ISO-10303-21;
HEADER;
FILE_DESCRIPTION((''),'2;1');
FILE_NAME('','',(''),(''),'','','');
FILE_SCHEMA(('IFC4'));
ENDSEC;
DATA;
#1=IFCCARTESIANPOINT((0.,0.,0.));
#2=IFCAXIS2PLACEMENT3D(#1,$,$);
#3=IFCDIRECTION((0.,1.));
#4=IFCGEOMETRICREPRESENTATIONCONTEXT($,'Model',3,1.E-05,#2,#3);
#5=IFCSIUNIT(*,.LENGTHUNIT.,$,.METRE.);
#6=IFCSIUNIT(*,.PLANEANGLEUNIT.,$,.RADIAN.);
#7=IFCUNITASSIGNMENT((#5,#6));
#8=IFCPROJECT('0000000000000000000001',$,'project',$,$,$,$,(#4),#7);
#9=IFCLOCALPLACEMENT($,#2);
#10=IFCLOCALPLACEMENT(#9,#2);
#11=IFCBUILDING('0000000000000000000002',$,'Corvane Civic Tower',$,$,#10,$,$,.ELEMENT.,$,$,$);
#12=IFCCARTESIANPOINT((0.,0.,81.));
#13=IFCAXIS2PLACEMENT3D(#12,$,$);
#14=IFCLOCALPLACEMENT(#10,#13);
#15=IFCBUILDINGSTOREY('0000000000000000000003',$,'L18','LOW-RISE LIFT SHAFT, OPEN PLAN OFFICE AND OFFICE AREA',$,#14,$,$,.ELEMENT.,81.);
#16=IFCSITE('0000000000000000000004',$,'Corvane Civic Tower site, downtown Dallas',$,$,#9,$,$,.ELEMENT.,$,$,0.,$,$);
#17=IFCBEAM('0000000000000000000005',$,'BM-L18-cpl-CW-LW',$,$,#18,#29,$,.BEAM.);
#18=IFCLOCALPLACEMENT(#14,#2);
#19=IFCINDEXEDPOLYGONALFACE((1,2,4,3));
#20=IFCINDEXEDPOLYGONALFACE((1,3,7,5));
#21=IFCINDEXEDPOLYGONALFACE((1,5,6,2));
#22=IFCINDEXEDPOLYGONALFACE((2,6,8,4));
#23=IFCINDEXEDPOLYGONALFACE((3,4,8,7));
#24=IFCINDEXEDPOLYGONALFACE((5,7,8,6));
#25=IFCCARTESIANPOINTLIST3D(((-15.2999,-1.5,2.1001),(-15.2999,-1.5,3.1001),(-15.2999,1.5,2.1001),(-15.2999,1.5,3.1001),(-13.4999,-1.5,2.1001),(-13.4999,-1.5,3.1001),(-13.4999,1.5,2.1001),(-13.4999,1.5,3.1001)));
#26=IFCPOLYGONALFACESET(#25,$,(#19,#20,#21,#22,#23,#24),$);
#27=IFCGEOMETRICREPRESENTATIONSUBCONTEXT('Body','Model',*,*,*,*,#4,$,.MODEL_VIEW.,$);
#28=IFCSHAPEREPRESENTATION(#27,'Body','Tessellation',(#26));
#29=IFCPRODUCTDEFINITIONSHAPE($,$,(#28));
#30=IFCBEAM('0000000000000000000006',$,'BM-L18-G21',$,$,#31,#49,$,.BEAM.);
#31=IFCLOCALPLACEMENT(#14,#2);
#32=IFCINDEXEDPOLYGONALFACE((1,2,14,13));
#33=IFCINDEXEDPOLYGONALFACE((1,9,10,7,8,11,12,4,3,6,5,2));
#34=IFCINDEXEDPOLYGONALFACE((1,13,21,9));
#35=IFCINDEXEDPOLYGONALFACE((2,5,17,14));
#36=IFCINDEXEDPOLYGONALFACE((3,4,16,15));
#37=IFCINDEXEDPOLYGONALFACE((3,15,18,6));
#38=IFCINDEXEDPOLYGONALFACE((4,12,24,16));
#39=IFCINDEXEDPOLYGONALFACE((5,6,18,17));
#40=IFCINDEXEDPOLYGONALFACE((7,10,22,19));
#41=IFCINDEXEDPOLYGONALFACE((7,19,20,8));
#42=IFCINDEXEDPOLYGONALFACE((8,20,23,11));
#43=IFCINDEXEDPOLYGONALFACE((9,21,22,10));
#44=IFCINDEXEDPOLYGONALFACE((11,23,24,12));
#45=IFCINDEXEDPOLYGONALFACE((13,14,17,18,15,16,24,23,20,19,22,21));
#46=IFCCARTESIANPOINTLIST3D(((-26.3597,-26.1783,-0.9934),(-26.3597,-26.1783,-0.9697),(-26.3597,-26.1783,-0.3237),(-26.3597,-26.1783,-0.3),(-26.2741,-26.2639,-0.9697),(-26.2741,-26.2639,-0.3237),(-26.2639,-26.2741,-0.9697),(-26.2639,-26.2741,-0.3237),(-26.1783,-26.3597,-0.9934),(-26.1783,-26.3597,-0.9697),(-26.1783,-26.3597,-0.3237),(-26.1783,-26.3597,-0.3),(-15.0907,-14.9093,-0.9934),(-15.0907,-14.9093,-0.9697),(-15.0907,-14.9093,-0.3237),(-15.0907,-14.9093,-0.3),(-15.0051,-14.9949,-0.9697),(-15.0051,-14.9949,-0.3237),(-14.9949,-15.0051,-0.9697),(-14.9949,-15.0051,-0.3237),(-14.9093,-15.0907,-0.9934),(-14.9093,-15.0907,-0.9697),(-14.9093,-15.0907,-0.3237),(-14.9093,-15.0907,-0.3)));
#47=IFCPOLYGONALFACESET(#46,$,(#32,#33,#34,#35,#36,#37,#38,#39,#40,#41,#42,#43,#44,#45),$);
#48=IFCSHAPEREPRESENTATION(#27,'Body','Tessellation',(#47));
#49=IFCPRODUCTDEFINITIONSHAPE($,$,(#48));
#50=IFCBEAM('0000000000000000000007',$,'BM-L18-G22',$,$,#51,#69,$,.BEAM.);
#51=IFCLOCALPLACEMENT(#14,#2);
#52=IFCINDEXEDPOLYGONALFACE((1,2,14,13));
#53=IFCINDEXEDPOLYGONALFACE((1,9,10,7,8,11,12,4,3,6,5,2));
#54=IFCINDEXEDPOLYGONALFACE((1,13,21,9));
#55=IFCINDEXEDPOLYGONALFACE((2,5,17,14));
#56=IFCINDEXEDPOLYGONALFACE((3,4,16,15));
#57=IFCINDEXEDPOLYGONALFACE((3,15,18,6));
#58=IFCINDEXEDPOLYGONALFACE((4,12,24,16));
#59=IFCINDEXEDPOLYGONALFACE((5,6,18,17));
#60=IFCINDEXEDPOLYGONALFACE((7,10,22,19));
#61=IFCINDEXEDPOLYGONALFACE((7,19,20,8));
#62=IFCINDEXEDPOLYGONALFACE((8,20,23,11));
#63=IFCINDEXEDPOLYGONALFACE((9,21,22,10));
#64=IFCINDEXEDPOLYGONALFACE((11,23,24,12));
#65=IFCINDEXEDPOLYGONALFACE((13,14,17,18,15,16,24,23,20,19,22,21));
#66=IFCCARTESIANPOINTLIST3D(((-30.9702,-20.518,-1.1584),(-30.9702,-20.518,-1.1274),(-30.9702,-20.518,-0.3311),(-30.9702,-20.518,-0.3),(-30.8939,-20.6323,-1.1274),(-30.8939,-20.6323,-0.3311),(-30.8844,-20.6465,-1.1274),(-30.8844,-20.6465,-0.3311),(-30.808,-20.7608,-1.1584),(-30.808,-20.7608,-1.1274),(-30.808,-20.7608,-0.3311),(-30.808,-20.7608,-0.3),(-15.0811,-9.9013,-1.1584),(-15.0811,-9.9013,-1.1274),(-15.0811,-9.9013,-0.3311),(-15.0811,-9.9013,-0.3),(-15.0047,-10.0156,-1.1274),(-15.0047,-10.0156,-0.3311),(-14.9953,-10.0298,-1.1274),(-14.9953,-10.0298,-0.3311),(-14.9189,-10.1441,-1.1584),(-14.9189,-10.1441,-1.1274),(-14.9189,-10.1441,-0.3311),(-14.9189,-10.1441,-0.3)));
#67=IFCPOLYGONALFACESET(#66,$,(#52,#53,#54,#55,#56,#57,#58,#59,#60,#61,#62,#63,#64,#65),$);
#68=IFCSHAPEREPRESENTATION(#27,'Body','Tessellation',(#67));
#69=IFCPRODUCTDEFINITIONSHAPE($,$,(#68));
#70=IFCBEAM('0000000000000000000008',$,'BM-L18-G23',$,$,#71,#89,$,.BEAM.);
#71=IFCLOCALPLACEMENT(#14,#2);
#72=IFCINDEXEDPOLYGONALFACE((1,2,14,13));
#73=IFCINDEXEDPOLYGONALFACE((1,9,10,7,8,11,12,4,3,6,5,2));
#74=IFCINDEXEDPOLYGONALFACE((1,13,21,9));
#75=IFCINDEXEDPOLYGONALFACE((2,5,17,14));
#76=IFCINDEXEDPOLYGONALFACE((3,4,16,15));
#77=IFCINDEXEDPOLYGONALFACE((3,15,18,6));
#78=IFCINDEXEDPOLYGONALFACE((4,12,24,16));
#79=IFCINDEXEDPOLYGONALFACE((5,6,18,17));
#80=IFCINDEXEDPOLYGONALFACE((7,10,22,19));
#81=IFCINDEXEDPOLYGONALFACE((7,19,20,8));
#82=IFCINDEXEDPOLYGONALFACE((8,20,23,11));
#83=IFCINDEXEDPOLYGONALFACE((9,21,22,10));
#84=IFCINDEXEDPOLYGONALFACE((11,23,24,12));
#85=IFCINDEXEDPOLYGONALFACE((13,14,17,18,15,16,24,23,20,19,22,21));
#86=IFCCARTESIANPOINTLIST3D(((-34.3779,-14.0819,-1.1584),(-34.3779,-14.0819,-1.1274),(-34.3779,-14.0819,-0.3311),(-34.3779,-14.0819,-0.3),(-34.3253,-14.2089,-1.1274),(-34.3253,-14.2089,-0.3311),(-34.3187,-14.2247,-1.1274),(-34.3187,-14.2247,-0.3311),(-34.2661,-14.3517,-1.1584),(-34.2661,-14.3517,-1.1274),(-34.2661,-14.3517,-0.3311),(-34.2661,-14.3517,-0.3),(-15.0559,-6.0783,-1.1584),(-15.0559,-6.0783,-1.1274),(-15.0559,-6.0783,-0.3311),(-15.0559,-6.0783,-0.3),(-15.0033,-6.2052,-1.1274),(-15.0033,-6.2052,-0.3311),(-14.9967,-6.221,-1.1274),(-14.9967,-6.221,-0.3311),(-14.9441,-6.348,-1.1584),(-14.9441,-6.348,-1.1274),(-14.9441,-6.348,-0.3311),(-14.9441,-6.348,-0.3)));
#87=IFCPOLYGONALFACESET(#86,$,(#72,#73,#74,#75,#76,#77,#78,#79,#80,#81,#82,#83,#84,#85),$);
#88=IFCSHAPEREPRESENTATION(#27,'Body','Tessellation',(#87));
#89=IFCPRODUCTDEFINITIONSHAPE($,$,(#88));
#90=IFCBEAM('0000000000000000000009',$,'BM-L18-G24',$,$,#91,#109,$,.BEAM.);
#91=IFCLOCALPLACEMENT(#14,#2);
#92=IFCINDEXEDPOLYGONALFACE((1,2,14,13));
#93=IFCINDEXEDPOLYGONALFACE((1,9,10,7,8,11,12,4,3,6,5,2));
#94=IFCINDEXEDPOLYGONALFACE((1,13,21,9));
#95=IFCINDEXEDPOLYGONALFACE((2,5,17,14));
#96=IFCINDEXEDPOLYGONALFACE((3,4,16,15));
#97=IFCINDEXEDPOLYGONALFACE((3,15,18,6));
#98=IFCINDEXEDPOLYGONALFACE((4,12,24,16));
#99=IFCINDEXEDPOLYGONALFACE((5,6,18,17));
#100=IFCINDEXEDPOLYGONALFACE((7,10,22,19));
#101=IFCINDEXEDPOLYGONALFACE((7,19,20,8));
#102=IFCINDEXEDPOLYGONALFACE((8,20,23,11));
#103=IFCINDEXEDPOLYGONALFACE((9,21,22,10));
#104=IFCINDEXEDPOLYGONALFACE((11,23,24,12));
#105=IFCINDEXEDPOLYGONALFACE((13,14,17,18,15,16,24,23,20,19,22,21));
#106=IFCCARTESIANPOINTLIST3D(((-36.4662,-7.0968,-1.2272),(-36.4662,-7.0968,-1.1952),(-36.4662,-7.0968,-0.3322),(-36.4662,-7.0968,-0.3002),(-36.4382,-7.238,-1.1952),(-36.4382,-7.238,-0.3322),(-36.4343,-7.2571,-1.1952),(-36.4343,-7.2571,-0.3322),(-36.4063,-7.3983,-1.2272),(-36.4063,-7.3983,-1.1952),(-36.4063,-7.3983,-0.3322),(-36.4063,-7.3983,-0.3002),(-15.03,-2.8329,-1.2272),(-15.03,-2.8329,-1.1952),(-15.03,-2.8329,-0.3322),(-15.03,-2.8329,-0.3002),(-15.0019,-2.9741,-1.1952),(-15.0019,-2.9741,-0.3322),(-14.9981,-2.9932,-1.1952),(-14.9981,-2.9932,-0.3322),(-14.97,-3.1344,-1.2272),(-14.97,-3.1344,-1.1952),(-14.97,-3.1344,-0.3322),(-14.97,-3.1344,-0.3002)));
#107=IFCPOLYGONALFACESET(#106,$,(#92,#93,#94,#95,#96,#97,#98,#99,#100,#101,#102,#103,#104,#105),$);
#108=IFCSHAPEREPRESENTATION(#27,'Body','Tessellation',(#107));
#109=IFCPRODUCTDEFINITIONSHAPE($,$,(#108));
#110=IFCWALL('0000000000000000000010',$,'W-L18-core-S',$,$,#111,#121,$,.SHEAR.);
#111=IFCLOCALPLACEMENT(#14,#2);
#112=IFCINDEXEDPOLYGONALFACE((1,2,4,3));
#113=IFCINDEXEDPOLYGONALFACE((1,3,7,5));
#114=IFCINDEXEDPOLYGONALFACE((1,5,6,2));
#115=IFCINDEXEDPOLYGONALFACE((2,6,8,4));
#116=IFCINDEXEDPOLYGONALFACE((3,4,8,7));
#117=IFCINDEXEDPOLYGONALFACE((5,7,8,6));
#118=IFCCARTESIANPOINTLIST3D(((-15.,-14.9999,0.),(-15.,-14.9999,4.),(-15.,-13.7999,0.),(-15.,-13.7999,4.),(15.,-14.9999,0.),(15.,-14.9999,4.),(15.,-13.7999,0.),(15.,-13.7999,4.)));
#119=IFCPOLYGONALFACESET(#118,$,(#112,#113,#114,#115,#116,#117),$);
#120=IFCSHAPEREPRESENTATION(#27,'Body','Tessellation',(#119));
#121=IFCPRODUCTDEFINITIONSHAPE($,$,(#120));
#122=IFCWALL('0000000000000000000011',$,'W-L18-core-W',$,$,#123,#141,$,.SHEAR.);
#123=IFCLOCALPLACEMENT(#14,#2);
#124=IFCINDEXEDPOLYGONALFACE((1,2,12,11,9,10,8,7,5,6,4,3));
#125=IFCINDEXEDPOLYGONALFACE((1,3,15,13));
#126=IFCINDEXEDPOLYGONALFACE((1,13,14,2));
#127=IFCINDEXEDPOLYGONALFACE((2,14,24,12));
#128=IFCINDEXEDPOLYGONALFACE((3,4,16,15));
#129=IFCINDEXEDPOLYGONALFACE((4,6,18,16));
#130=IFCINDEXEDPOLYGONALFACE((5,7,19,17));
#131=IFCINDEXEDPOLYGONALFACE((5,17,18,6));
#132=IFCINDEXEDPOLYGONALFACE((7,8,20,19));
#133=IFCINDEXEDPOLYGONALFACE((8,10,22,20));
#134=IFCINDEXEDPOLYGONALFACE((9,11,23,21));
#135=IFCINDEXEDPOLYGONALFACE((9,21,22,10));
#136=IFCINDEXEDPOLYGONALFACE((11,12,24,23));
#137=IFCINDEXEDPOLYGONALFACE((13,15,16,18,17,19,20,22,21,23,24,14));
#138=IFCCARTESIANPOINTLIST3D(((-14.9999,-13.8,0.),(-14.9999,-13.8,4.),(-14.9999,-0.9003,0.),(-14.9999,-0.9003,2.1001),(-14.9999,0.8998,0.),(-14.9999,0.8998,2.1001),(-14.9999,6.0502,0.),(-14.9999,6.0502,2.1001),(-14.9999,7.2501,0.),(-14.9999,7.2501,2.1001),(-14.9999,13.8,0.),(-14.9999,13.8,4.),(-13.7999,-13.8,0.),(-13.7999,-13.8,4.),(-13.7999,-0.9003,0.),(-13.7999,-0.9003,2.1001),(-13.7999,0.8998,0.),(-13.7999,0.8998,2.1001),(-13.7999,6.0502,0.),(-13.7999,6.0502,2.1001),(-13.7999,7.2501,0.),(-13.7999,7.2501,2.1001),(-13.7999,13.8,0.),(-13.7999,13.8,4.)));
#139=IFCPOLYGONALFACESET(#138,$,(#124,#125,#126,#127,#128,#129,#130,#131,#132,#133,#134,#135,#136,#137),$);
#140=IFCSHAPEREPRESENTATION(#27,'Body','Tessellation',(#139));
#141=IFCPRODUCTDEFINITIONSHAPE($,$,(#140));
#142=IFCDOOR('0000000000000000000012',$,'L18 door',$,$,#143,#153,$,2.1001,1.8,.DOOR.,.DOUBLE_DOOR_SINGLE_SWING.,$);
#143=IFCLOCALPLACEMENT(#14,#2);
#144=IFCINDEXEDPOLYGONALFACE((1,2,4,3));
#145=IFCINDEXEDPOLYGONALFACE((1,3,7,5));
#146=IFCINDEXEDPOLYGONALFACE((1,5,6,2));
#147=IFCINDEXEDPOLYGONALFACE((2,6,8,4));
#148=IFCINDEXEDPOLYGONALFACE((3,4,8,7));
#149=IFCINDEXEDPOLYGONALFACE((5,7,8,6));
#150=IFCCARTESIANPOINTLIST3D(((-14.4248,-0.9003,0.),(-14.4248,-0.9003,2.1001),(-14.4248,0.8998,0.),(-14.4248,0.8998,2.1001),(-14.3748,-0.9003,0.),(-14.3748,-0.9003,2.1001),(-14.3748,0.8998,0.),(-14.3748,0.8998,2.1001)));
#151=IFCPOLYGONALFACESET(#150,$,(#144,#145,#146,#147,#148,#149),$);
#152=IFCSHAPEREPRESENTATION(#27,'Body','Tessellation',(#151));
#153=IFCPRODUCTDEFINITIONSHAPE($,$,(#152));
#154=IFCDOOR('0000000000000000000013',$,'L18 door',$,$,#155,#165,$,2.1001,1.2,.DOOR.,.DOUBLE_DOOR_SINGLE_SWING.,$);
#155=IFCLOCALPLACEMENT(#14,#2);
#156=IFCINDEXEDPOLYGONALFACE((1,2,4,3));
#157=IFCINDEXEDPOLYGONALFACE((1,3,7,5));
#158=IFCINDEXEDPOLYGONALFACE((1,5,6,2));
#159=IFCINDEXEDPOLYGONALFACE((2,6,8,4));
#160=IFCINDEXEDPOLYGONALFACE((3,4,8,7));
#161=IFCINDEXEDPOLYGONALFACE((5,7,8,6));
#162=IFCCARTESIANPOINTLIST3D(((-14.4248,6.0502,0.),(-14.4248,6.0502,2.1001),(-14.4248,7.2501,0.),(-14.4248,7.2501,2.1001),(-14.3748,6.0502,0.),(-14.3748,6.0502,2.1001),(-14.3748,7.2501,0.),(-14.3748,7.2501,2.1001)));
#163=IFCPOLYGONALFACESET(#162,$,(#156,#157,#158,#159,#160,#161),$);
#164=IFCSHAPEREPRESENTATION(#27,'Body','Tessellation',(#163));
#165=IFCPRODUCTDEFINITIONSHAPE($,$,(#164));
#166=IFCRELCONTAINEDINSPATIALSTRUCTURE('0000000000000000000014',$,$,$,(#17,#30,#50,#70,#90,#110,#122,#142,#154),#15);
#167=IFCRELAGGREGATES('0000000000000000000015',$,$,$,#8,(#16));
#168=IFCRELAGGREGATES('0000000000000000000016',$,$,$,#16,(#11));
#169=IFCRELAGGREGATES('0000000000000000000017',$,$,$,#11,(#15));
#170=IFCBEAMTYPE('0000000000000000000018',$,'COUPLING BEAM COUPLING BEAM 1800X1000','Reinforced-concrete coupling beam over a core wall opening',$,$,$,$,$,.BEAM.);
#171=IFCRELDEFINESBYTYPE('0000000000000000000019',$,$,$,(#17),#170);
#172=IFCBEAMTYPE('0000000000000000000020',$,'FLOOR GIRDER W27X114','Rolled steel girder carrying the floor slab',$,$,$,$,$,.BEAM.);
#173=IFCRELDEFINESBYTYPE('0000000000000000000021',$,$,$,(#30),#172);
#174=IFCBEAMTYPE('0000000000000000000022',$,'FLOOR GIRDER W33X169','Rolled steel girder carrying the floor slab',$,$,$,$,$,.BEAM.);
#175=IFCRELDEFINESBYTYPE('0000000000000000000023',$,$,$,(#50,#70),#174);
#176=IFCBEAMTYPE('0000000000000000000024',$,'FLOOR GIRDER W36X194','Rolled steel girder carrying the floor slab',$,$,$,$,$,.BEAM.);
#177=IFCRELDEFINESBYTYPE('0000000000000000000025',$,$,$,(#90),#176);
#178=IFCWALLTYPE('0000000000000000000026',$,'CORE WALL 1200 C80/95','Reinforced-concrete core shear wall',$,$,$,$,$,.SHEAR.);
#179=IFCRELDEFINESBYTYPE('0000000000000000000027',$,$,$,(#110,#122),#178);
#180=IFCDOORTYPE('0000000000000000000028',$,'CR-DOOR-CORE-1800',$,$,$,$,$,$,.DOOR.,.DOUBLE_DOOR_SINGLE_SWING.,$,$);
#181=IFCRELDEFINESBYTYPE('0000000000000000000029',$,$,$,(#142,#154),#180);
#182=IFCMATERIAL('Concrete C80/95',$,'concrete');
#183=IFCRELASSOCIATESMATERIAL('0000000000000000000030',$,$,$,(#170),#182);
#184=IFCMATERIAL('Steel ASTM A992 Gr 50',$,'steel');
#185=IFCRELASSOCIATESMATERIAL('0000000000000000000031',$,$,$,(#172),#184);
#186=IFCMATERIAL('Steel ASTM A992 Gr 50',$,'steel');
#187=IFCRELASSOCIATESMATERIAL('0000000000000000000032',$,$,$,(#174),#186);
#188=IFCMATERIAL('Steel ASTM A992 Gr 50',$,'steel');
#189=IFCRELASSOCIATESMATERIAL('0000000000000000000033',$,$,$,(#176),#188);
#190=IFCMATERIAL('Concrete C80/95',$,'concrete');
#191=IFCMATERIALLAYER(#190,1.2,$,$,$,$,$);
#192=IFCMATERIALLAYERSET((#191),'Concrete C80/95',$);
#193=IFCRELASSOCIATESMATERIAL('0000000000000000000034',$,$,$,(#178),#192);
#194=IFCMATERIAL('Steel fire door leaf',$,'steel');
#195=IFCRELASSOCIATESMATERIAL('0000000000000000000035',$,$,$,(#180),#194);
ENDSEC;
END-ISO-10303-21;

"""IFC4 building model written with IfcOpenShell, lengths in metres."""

from ifc_helpers import new_model, si_unit, direction, frame, frame_2d, origin, origin_2d, place, context, subcontext, project, spatial, rectangle, i_section, extrude, material, layer, layer_set, material_profile, profile_set, type_object, element, fill, save


model = new_model("IFC4")

# Units and contexts
model_context = context("Model", 3, precision=1e-05, world=origin(), true_north=direction((0.0, 1.0)))
body_context = subcontext(model_context, "Body", "Model", "MODEL_VIEW")
ifc_project = project(units=[si_unit("LENGTHUNIT", "METRE"), si_unit("PLANEANGLEUNIT", "RADIAN")], contexts=[model_context])

# Site, building, storey
site_placement = place(None, origin())
site = spatial("IfcSite", under=ifc_project, at=site_placement, Name="Corvane Civic Tower site, downtown Dallas", CompositionType="ELEMENT", RefElevation=0.0)
building_placement = place(site_placement, origin())
building = spatial("IfcBuilding", under=site, at=building_placement, Name="Corvane Civic Tower", CompositionType="ELEMENT")
storey_placement = place(building_placement, frame((0.0, 0.0, 81.0)))
storey = spatial("IfcBuildingStorey", under=building, at=storey_placement, Name="L18", Description="LOW-RISE LIFT SHAFT, OPEN PLAN OFFICE AND OFFICE AREA", CompositionType="ELEMENT", Elevation=81.0)

# Beams
ifc_material_1 = material(Name="Concrete C80/95", Category="concrete")
ifc_material_profile_1 = material_profile(ifc_material_1, rectangle(XDim=1.8, YDim=1.0, at=origin_2d()), Name="COUPLING BEAM 1800X1000")
ifc_profile_set_1 = profile_set([ifc_material_profile_1], Name="Concrete C80/95")
beam_type_1 = type_object("IfcBeamType", Name="COUPLING BEAM COUPLING BEAM 1800X1000", Description="Reinforced-concrete coupling beam over a core wall opening", PredefinedType="BEAM", material=ifc_profile_set_1)
beam_1_placement = place(storey_placement, frame((-14.3999, -1.5, 2.6001), z_axis=(0.0, 1.0, 0.0), x_axis=(-1.0, 0.0, 0.0)))
element("IfcBeam", 1, at=beam_1_placement, inside=storey, type_object=beam_type_1, Name="BM-L18-cpl-CW-LW", PredefinedType="BEAM", context=body_context, shape_type="SweptSolid", body=[
    extrude(rectangle(XDim=1.8, YDim=1.0, at=origin_2d()), origin(), (0.0, 0.0, 1.0), 3.0),
])
ifc_material_2 = material(Name="Steel ASTM A992 Gr 50", Category="steel")
ifc_material_profile_2 = material_profile(ifc_material_2, i_section(OverallWidth=0.2566, OverallDepth=0.6934, WebThickness=0.0144, FlangeThickness=0.0237, at=origin_2d()), Name="W27X114")
ifc_profile_set_2 = profile_set([ifc_material_profile_2], Name="Steel ASTM A992 Gr 50")
beam_type_2 = type_object("IfcBeamType", Name="FLOOR GIRDER W27X114", Description="Rolled steel girder carrying the floor slab", PredefinedType="BEAM", material=ifc_profile_set_2)
beam_2_placement = place(storey_placement, frame((-15.0, -15.0, -0.6467), z_axis=(-0.707107, -0.707107, 0.0), x_axis=(0.707107, -0.707107, 0.0)))
element("IfcBeam", 2, at=beam_2_placement, inside=storey, type_object=beam_type_2, Name="BM-L18-G21", PredefinedType="BEAM", context=body_context, shape_type="SweptSolid", body=[
    extrude(i_section(OverallWidth=0.2566, OverallDepth=0.6934, WebThickness=0.0144, FlangeThickness=0.0237, at=origin_2d()), origin(), (0.0, 0.0, 1.0), 15.9368),
])
ifc_material_3 = material(Name="Steel ASTM A992 Gr 50", Category="steel")
ifc_material_profile_3 = material_profile(ifc_material_3, i_section(OverallWidth=0.292, OverallDepth=0.8584, WebThickness=0.0171, FlangeThickness=0.031, at=origin_2d()), Name="W33X169")
ifc_profile_set_3 = profile_set([ifc_material_profile_3], Name="Steel ASTM A992 Gr 50")
beam_type_3 = type_object("IfcBeamType", Name="FLOOR GIRDER W33X169", Description="Rolled steel girder carrying the floor slab", PredefinedType="BEAM", material=ifc_profile_set_3)
beam_3_placement = place(storey_placement, frame((-15.0, -10.0227, -0.7292), z_axis=(-0.831472, -0.555567, 0.0), x_axis=(0.555567, -0.831472, 0.0)))
element("IfcBeam", 3, at=beam_3_placement, inside=storey, type_object=beam_type_3, Name="BM-L18-G22", PredefinedType="BEAM", context=body_context, shape_type="SweptSolid", body=[
    extrude(i_section(OverallWidth=0.292, OverallDepth=0.8584, WebThickness=0.0171, FlangeThickness=0.031, at=origin_2d()), origin(), (0.0, 0.0, 1.0), 19.1096),
])
beam_4_placement = place(storey_placement, frame((-15.0, -6.2131, -0.7292), z_axis=(-0.923876, -0.382692, 0.0), x_axis=(0.382692, -0.923876, 0.0)))
element("IfcBeam", 4, at=beam_4_placement, inside=storey, type_object=beam_type_3, Name="BM-L18-G23", PredefinedType="BEAM", context=body_context, shape_type="SweptSolid", body=[
    extrude(i_section(OverallWidth=0.292, OverallDepth=0.8584, WebThickness=0.0171, FlangeThickness=0.031, at=origin_2d()), origin(), (0.0, 0.0, 1.0), 20.9141),
])
ifc_material_4 = material(Name="Steel ASTM A992 Gr 50", Category="steel")
ifc_material_profile_4 = material_profile(ifc_material_4, i_section(OverallWidth=0.3074, OverallDepth=0.927, WebThickness=0.0195, FlangeThickness=0.032, at=origin_2d()), Name="W36X194")
ifc_profile_set_4 = profile_set([ifc_material_profile_4], Name="Steel ASTM A992 Gr 50")
beam_type_4 = type_object("IfcBeamType", Name="FLOOR GIRDER W36X194", Description="Rolled steel girder carrying the floor slab", PredefinedType="BEAM", material=ifc_profile_set_4)
beam_5_placement = place(storey_placement, frame((-15.0, -2.9836, -0.7637), z_axis=(-0.980785, -0.195089, 0.0), x_axis=(0.195089, -0.980785, 0.0)))
element("IfcBeam", 5, at=beam_5_placement, inside=storey, type_object=beam_type_4, Name="BM-L18-G24", PredefinedType="BEAM", context=body_context, shape_type="SweptSolid", body=[
    extrude(i_section(OverallWidth=0.3074, OverallDepth=0.927, WebThickness=0.0195, FlangeThickness=0.032, at=origin_2d()), origin(), (0.0, 0.0, 1.0), 21.8562),
])

# Wall
ifc_material_5 = material(Name="Concrete C80/95", Category="concrete")
ifc_layer_1 = layer(ifc_material_5, 1.2)
ifc_layer_set_1 = layer_set([ifc_layer_1], Name="Concrete C80/95")
wall_type_1 = type_object("IfcWallType", Name="CORE WALL 1200 C80/95", Description="Reinforced-concrete core shear wall", PredefinedType="SHEAR", material=ifc_layer_set_1)
wall_1_placement = place(storey_placement, frame((-15.0, -14.3999, 0.0), z_axis=(0.0, 0.0, 1.0), x_axis=(1.0, 0.0, 0.0)))
element("IfcWall", 6, at=wall_1_placement, inside=storey, type_object=wall_type_1, Name="W-L18-core-S", PredefinedType="SHEAR", context=body_context, shape_type="SweptSolid", body=[
    extrude(rectangle(XDim=30.0, YDim=1.2, at=frame_2d((15.0, 0.0))), origin(), (0.0, 0.0, 1.0), 4.0),
])

# Wall, openings, doors
wall_2_placement = place(storey_placement, frame((-14.3999, -13.8, 0.0), z_axis=(0.0, 0.0, 1.0), x_axis=(0.0, 1.0, 0.0)))
wall_2 = element("IfcWall", 7, at=wall_2_placement, inside=storey, type_object=wall_type_1, Name="W-L18-core-W", PredefinedType="SHEAR", context=body_context, shape_type="SweptSolid", body=[
    extrude(rectangle(XDim=27.6001, YDim=1.2, at=frame_2d((13.8, 0.0))), origin(), (0.0, 0.0, 1.0), 4.0),
])
opening_1_placement = place(wall_2_placement, frame((12.8999, 0.0, 0.0)))
opening_1 = element("IfcOpeningElement", 8, at=opening_1_placement, cuts=wall_2, PredefinedType="OPENING", context=body_context, shape_type="SweptSolid", body=[
    extrude(rectangle(XDim=1.8, YDim=2.1001, at=frame_2d((0.8999, 1.05))), frame((0.0, 0.6099, 0.0), z_axis=(0.0, -1.0, 0.0), x_axis=(1.0, 0.0, 0.0)), (0.0, 0.0, 1.0), 1.22),
])
opening_2_placement = place(wall_2_placement, frame((19.8501, 0.0, 0.0)))
opening_2 = element("IfcOpeningElement", 9, at=opening_2_placement, cuts=wall_2, PredefinedType="OPENING", context=body_context, shape_type="SweptSolid", body=[
    extrude(rectangle(XDim=1.2, YDim=2.1001, at=frame_2d((0.6001, 1.05))), frame((0.0, 0.6099, 0.0), z_axis=(0.0, -1.0, 0.0), x_axis=(1.0, 0.0, 0.0)), (0.0, 0.0, 1.0), 1.22),
])
ifc_material_6 = material(Name="Steel fire door leaf", Category="steel")
door_type_1 = type_object("IfcDoorType", Name="CR-DOOR-CORE-1800", OperationType="DOUBLE_DOOR_SINGLE_SWING", PredefinedType="DOOR", material=ifc_material_6)
door_1_placement = place(opening_1_placement, origin())
door_1 = element("IfcDoor", 10, at=door_1_placement, inside=storey, type_object=door_type_1, Name="L18 door", OperationType="DOUBLE_DOOR_SINGLE_SWING", OverallHeight=2.1001, OverallWidth=1.8, PredefinedType="DOOR", context=body_context, shape_type="SweptSolid", body=[
    extrude(rectangle(XDim=1.8, YDim=2.1001, at=frame_2d((0.8999, 1.05))), frame((0.0, 0.0249, 0.0), z_axis=(0.0, -1.0, 0.0), x_axis=(1.0, 0.0, 0.0)), (0.0, 0.0, 1.0), 0.05),
])
fill(opening_1, door_1)
door_2_placement = place(opening_2_placement, origin())
door_2 = element("IfcDoor", 11, at=door_2_placement, inside=storey, type_object=door_type_1, Name="L18 door", OperationType="DOUBLE_DOOR_SINGLE_SWING", OverallHeight=2.1001, OverallWidth=1.2, PredefinedType="DOOR", context=body_context, shape_type="SweptSolid", body=[
    extrude(rectangle(XDim=1.2, YDim=2.1001, at=frame_2d((0.6001, 1.05))), frame((0.0, 0.0249, 0.0), z_axis=(0.0, -1.0, 0.0), x_axis=(1.0, 0.0, 0.0)), (0.0, 0.0, 1.0), 0.05),
])
fill(opening_2, door_2)

save(model, "model.ifc")
